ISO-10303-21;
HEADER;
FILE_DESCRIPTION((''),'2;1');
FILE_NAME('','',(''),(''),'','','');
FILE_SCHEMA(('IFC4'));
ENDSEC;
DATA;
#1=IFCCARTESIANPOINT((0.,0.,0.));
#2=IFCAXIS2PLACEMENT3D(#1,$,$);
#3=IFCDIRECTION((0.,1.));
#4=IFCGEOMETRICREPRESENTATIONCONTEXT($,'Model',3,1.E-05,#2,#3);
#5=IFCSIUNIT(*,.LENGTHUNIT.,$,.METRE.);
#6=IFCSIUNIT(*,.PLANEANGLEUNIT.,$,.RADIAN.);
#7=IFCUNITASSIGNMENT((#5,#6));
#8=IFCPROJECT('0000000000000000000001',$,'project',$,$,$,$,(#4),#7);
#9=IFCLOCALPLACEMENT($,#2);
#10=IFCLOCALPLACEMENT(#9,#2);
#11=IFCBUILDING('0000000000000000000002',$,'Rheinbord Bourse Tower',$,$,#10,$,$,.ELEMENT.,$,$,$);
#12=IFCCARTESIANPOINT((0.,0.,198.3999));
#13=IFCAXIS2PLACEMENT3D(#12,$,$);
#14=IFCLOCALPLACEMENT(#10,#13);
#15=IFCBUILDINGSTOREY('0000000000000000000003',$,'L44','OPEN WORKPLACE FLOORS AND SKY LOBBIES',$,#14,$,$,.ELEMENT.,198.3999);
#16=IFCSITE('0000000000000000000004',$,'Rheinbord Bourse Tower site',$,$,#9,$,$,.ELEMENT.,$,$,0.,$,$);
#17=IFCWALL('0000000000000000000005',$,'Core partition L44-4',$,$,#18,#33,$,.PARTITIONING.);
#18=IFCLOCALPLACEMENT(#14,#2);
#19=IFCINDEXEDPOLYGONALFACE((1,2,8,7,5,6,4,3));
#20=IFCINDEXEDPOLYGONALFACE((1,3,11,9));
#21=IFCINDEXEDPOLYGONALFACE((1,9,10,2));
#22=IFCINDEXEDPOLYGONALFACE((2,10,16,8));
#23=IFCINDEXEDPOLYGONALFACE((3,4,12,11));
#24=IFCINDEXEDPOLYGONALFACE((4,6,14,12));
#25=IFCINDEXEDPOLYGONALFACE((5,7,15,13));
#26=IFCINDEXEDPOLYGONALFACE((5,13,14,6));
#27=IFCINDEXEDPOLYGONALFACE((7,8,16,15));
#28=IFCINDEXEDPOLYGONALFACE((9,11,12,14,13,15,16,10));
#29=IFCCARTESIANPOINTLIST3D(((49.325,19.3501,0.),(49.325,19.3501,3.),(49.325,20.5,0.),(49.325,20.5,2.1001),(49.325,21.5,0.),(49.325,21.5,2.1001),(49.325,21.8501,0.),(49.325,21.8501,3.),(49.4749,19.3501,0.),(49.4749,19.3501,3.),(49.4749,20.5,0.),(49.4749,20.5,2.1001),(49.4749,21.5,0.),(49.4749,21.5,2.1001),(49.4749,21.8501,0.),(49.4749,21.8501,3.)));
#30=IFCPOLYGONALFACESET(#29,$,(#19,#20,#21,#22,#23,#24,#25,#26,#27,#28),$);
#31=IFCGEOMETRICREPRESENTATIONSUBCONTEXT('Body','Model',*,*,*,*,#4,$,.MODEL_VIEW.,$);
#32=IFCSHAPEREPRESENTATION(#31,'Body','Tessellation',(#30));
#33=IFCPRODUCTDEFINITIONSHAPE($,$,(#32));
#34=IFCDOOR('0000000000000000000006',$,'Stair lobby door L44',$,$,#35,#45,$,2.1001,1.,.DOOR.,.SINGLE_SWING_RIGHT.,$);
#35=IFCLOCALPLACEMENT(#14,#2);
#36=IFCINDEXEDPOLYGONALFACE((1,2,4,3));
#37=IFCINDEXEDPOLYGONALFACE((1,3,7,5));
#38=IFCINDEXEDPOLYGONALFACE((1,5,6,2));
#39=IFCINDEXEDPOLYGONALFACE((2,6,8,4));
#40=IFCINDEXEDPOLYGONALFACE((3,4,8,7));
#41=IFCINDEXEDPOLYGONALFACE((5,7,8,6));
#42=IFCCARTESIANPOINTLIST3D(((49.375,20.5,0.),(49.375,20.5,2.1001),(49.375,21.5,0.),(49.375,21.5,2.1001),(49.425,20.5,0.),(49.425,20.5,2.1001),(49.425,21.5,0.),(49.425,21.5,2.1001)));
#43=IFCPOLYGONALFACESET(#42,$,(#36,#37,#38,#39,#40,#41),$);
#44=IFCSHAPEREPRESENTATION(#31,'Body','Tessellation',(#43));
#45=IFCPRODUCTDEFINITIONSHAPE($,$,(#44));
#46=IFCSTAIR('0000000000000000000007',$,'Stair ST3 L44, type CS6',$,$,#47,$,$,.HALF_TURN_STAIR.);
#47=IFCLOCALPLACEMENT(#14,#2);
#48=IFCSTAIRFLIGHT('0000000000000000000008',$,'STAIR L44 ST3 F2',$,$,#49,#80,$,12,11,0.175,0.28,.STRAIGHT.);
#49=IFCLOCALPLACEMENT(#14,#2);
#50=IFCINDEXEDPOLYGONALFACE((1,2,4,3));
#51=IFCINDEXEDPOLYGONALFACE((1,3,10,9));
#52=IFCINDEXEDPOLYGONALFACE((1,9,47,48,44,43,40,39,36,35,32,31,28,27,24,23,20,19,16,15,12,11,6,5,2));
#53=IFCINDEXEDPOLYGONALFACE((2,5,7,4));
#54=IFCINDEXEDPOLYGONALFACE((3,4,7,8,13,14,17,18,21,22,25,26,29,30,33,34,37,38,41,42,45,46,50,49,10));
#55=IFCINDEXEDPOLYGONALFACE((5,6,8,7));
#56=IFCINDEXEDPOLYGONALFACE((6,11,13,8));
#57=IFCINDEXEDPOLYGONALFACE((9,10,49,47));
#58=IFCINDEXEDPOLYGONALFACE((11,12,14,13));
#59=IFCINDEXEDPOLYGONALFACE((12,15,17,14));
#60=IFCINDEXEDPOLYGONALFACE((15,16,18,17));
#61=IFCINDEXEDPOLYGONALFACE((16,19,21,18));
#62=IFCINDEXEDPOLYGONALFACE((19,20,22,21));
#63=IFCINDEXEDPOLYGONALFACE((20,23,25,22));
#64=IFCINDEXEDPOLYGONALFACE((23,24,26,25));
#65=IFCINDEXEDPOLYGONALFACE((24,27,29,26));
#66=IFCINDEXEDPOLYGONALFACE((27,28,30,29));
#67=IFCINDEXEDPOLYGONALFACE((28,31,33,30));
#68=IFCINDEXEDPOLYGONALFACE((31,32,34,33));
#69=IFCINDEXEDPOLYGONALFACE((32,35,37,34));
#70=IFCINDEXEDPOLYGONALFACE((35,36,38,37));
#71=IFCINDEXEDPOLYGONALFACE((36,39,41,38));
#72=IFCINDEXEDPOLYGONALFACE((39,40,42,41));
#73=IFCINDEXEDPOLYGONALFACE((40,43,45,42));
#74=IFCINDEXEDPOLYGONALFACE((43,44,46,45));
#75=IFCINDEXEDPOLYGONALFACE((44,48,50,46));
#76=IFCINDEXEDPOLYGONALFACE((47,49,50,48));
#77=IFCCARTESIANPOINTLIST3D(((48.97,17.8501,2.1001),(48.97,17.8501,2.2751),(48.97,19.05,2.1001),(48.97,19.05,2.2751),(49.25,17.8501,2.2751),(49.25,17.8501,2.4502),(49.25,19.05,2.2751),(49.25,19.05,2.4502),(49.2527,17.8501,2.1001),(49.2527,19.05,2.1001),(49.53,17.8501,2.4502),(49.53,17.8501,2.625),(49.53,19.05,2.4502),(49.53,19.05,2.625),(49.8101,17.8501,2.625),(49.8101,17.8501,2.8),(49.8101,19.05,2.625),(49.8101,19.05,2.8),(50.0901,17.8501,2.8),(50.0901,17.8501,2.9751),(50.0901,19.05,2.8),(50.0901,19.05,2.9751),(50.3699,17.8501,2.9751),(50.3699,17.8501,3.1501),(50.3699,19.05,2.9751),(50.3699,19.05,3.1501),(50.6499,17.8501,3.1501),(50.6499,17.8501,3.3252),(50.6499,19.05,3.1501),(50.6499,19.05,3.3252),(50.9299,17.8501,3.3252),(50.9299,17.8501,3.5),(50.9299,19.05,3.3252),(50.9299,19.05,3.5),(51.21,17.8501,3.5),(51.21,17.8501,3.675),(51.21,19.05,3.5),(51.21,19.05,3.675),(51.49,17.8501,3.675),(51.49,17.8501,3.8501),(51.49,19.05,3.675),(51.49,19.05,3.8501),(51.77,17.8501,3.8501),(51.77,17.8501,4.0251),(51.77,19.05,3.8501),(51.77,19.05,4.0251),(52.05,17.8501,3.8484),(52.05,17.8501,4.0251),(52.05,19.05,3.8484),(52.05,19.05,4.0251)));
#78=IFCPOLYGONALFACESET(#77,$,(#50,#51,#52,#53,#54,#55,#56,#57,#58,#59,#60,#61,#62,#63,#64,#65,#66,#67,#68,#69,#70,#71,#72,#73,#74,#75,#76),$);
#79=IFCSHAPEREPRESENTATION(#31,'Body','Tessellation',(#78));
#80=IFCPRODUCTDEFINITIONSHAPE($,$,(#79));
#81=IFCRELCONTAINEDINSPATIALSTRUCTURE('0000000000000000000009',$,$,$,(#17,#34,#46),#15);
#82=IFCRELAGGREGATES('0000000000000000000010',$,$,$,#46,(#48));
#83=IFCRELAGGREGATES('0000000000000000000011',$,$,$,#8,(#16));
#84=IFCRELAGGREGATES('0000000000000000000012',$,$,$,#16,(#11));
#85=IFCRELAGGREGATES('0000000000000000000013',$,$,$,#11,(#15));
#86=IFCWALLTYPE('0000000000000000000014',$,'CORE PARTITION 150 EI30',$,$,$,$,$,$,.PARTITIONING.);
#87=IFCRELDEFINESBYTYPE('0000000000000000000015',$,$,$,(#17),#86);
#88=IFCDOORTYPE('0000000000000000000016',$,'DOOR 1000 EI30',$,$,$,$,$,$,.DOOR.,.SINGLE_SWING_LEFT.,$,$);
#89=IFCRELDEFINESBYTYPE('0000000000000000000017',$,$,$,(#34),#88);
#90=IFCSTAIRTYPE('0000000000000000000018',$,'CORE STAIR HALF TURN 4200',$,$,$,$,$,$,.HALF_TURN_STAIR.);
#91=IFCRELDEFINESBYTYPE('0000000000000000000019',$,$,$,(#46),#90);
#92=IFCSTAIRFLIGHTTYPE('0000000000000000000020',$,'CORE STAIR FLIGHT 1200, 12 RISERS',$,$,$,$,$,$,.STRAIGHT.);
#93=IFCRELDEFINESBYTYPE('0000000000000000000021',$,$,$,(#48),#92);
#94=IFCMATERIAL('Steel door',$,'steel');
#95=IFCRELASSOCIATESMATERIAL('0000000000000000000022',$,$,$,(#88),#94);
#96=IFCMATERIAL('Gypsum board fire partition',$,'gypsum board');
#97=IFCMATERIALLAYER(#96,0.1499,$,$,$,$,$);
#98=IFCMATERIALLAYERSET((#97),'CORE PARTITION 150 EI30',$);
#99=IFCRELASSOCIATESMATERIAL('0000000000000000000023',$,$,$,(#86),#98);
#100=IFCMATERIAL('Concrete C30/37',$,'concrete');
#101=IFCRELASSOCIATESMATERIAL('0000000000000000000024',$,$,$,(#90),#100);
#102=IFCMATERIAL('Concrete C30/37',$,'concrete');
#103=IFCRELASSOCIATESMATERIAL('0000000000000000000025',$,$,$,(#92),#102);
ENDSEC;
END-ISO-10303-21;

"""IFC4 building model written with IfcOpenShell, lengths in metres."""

from ifc_helpers import new_model, si_unit, direction, frame, frame_2d, origin, place, context, subcontext, project, spatial, polyline, rectangle, outline, extrude, material, layer, layer_set, type_object, element, fill, aggregate, save


model = new_model("IFC4")

# Units and contexts
model_context = context("Model", 3, precision=1e-05, world=origin(), true_north=direction((0.0, 1.0)))
body_context = subcontext(model_context, "Body", "Model", "MODEL_VIEW")
ifc_project = project(units=[si_unit("LENGTHUNIT", "METRE"), si_unit("PLANEANGLEUNIT", "RADIAN")], contexts=[model_context])

# Site, building, storey
site_placement = place(None, origin())
site = spatial("IfcSite", under=ifc_project, at=site_placement, Name="Rheinbord Bourse Tower site", CompositionType="ELEMENT", RefElevation=0.0)
building_placement = place(site_placement, origin())
building = spatial("IfcBuilding", under=site, at=building_placement, Name="Rheinbord Bourse Tower", CompositionType="ELEMENT")
storey_placement = place(building_placement, frame((0.0, 0.0, 198.3999)))
storey = spatial("IfcBuildingStorey", under=building, at=storey_placement, Name="L44", Description="OPEN WORKPLACE FLOORS AND SKY LOBBIES", CompositionType="ELEMENT", Elevation=198.3999)

# Shared definitions
ifc_material_1 = material(Name="Steel door", Category="steel")
door_type_1 = type_object("IfcDoorType", Name="DOOR 1000 EI30", OperationType="SINGLE_SWING_LEFT", PredefinedType="DOOR", material=ifc_material_1)

# Wall, opening, door
ifc_material_2 = material(Name="Gypsum board fire partition", Category="gypsum board")
ifc_layer_1 = layer(ifc_material_2, 0.1499)
ifc_layer_set_1 = layer_set([ifc_layer_1], Name="CORE PARTITION 150 EI30")
wall_type_1 = type_object("IfcWallType", Name="CORE PARTITION 150 EI30", PredefinedType="PARTITIONING", material=ifc_layer_set_1)
wall_1_placement = place(storey_placement, frame((49.3999, 19.3501, 0.0), z_axis=(0.0, 0.0, 1.0), x_axis=(0.0, 1.0, 0.0)))
wall_1 = element("IfcWall", 1, at=wall_1_placement, inside=storey, type_object=wall_type_1, Name="Core partition L44-4", PredefinedType="PARTITIONING", context=body_context, shape_type="SweptSolid", body=[
    extrude(rectangle(XDim=2.5, YDim=0.1499, at=frame_2d((1.25, 0.0))), origin(), (0.0, 0.0, 1.0), 3.0),
])
opening_1_placement = place(wall_1_placement, frame((1.1499, 0.0, 0.0)))
opening_1 = element("IfcOpeningElement", 2, at=opening_1_placement, cuts=wall_1, PredefinedType="OPENING", context=body_context, shape_type="SweptSolid", body=[
    extrude(rectangle(XDim=1.0, YDim=2.1001, at=frame_2d((0.5, 1.05))), frame((0.0, 0.085, 0.0), z_axis=(0.0, -1.0, 0.0), x_axis=(1.0, 0.0, 0.0)), (0.0, 0.0, 1.0), 0.1699),
])
door_1_placement = place(opening_1_placement, origin())
door_1 = element("IfcDoor", 3, at=door_1_placement, inside=storey, type_object=door_type_1, Name="Stair lobby door L44", OperationType="SINGLE_SWING_RIGHT", OverallHeight=2.1001, OverallWidth=1.0, PredefinedType="DOOR", context=body_context, shape_type="SweptSolid", body=[
    extrude(rectangle(XDim=1.0, YDim=2.1001, at=frame_2d((0.5, 1.05))), frame((0.0, 0.0249, 0.0), z_axis=(0.0, -1.0, 0.0), x_axis=(1.0, 0.0, 0.0)), (0.0, 0.0, 1.0), 0.05),
])
fill(opening_1, door_1)

# Stair, stair flight
ifc_material_3 = material(Name="Concrete C30/37", Category="concrete")
stair_type = type_object("IfcStairType", Name="CORE STAIR HALF TURN 4200", PredefinedType="HALF_TURN_STAIR", material=ifc_material_3)
stair_placement = place(storey_placement, origin())
stair = element("IfcStair", 4, at=stair_placement, inside=storey, type_object=stair_type, Name="Stair ST3 L44, type CS6", PredefinedType="HALF_TURN_STAIR")
ifc_material_4 = material(Name="Concrete C30/37", Category="concrete")
stair_flight_type = type_object("IfcStairFlightType", Name="CORE STAIR FLIGHT 1200, 12 RISERS", PredefinedType="STRAIGHT", material=ifc_material_4)
stair_flight_placement = place(storey_placement, frame((48.97, 18.45, 2.1001), z_axis=(0.0, 0.0, 1.0), x_axis=(1.0, 0.0, 0.0)))
stair_flight = element("IfcStairFlight", 5, at=stair_flight_placement, type_object=stair_flight_type, Name="STAIR L44 ST3 F2", NumberOfRisers=12, NumberOfTreads=11, PredefinedType="STRAIGHT", RiserHeight=0.175, TreadLength=0.28, context=body_context, shape_type="SweptSolid", body=[
    extrude(outline(polyline([(0.0, 0.0), (0.0, 0.175), (0.28, 0.175), (0.28, 0.3501), (0.5601, 0.3501), (0.5601, 0.5249), (0.8401, 0.5249), (0.8401, 0.7), (1.1201, 0.7), (1.1201, 0.875), (1.3999, 0.875), (1.3999, 1.05), (1.6799, 1.05), (1.6799, 1.2251), (1.96, 1.2251), (1.96, 1.3999), (2.24, 1.3999), (2.24, 1.575), (2.52, 1.575), (2.52, 1.75), (2.8, 1.75), (2.8, 1.925), (3.0801, 1.925), (3.0801, 2.1001), (3.0801, 1.7483), (0.2827, 0.0), (0.0, 0.0)])), frame((0.0, 0.6001, 0.0), z_axis=(0.0, -1.0, 0.0), x_axis=(1.0, 0.0, 0.0)), (0.0, 0.0, 1.0), 1.2),
])
aggregate(stair, [stair_flight])

save(model, "model.ifc")
